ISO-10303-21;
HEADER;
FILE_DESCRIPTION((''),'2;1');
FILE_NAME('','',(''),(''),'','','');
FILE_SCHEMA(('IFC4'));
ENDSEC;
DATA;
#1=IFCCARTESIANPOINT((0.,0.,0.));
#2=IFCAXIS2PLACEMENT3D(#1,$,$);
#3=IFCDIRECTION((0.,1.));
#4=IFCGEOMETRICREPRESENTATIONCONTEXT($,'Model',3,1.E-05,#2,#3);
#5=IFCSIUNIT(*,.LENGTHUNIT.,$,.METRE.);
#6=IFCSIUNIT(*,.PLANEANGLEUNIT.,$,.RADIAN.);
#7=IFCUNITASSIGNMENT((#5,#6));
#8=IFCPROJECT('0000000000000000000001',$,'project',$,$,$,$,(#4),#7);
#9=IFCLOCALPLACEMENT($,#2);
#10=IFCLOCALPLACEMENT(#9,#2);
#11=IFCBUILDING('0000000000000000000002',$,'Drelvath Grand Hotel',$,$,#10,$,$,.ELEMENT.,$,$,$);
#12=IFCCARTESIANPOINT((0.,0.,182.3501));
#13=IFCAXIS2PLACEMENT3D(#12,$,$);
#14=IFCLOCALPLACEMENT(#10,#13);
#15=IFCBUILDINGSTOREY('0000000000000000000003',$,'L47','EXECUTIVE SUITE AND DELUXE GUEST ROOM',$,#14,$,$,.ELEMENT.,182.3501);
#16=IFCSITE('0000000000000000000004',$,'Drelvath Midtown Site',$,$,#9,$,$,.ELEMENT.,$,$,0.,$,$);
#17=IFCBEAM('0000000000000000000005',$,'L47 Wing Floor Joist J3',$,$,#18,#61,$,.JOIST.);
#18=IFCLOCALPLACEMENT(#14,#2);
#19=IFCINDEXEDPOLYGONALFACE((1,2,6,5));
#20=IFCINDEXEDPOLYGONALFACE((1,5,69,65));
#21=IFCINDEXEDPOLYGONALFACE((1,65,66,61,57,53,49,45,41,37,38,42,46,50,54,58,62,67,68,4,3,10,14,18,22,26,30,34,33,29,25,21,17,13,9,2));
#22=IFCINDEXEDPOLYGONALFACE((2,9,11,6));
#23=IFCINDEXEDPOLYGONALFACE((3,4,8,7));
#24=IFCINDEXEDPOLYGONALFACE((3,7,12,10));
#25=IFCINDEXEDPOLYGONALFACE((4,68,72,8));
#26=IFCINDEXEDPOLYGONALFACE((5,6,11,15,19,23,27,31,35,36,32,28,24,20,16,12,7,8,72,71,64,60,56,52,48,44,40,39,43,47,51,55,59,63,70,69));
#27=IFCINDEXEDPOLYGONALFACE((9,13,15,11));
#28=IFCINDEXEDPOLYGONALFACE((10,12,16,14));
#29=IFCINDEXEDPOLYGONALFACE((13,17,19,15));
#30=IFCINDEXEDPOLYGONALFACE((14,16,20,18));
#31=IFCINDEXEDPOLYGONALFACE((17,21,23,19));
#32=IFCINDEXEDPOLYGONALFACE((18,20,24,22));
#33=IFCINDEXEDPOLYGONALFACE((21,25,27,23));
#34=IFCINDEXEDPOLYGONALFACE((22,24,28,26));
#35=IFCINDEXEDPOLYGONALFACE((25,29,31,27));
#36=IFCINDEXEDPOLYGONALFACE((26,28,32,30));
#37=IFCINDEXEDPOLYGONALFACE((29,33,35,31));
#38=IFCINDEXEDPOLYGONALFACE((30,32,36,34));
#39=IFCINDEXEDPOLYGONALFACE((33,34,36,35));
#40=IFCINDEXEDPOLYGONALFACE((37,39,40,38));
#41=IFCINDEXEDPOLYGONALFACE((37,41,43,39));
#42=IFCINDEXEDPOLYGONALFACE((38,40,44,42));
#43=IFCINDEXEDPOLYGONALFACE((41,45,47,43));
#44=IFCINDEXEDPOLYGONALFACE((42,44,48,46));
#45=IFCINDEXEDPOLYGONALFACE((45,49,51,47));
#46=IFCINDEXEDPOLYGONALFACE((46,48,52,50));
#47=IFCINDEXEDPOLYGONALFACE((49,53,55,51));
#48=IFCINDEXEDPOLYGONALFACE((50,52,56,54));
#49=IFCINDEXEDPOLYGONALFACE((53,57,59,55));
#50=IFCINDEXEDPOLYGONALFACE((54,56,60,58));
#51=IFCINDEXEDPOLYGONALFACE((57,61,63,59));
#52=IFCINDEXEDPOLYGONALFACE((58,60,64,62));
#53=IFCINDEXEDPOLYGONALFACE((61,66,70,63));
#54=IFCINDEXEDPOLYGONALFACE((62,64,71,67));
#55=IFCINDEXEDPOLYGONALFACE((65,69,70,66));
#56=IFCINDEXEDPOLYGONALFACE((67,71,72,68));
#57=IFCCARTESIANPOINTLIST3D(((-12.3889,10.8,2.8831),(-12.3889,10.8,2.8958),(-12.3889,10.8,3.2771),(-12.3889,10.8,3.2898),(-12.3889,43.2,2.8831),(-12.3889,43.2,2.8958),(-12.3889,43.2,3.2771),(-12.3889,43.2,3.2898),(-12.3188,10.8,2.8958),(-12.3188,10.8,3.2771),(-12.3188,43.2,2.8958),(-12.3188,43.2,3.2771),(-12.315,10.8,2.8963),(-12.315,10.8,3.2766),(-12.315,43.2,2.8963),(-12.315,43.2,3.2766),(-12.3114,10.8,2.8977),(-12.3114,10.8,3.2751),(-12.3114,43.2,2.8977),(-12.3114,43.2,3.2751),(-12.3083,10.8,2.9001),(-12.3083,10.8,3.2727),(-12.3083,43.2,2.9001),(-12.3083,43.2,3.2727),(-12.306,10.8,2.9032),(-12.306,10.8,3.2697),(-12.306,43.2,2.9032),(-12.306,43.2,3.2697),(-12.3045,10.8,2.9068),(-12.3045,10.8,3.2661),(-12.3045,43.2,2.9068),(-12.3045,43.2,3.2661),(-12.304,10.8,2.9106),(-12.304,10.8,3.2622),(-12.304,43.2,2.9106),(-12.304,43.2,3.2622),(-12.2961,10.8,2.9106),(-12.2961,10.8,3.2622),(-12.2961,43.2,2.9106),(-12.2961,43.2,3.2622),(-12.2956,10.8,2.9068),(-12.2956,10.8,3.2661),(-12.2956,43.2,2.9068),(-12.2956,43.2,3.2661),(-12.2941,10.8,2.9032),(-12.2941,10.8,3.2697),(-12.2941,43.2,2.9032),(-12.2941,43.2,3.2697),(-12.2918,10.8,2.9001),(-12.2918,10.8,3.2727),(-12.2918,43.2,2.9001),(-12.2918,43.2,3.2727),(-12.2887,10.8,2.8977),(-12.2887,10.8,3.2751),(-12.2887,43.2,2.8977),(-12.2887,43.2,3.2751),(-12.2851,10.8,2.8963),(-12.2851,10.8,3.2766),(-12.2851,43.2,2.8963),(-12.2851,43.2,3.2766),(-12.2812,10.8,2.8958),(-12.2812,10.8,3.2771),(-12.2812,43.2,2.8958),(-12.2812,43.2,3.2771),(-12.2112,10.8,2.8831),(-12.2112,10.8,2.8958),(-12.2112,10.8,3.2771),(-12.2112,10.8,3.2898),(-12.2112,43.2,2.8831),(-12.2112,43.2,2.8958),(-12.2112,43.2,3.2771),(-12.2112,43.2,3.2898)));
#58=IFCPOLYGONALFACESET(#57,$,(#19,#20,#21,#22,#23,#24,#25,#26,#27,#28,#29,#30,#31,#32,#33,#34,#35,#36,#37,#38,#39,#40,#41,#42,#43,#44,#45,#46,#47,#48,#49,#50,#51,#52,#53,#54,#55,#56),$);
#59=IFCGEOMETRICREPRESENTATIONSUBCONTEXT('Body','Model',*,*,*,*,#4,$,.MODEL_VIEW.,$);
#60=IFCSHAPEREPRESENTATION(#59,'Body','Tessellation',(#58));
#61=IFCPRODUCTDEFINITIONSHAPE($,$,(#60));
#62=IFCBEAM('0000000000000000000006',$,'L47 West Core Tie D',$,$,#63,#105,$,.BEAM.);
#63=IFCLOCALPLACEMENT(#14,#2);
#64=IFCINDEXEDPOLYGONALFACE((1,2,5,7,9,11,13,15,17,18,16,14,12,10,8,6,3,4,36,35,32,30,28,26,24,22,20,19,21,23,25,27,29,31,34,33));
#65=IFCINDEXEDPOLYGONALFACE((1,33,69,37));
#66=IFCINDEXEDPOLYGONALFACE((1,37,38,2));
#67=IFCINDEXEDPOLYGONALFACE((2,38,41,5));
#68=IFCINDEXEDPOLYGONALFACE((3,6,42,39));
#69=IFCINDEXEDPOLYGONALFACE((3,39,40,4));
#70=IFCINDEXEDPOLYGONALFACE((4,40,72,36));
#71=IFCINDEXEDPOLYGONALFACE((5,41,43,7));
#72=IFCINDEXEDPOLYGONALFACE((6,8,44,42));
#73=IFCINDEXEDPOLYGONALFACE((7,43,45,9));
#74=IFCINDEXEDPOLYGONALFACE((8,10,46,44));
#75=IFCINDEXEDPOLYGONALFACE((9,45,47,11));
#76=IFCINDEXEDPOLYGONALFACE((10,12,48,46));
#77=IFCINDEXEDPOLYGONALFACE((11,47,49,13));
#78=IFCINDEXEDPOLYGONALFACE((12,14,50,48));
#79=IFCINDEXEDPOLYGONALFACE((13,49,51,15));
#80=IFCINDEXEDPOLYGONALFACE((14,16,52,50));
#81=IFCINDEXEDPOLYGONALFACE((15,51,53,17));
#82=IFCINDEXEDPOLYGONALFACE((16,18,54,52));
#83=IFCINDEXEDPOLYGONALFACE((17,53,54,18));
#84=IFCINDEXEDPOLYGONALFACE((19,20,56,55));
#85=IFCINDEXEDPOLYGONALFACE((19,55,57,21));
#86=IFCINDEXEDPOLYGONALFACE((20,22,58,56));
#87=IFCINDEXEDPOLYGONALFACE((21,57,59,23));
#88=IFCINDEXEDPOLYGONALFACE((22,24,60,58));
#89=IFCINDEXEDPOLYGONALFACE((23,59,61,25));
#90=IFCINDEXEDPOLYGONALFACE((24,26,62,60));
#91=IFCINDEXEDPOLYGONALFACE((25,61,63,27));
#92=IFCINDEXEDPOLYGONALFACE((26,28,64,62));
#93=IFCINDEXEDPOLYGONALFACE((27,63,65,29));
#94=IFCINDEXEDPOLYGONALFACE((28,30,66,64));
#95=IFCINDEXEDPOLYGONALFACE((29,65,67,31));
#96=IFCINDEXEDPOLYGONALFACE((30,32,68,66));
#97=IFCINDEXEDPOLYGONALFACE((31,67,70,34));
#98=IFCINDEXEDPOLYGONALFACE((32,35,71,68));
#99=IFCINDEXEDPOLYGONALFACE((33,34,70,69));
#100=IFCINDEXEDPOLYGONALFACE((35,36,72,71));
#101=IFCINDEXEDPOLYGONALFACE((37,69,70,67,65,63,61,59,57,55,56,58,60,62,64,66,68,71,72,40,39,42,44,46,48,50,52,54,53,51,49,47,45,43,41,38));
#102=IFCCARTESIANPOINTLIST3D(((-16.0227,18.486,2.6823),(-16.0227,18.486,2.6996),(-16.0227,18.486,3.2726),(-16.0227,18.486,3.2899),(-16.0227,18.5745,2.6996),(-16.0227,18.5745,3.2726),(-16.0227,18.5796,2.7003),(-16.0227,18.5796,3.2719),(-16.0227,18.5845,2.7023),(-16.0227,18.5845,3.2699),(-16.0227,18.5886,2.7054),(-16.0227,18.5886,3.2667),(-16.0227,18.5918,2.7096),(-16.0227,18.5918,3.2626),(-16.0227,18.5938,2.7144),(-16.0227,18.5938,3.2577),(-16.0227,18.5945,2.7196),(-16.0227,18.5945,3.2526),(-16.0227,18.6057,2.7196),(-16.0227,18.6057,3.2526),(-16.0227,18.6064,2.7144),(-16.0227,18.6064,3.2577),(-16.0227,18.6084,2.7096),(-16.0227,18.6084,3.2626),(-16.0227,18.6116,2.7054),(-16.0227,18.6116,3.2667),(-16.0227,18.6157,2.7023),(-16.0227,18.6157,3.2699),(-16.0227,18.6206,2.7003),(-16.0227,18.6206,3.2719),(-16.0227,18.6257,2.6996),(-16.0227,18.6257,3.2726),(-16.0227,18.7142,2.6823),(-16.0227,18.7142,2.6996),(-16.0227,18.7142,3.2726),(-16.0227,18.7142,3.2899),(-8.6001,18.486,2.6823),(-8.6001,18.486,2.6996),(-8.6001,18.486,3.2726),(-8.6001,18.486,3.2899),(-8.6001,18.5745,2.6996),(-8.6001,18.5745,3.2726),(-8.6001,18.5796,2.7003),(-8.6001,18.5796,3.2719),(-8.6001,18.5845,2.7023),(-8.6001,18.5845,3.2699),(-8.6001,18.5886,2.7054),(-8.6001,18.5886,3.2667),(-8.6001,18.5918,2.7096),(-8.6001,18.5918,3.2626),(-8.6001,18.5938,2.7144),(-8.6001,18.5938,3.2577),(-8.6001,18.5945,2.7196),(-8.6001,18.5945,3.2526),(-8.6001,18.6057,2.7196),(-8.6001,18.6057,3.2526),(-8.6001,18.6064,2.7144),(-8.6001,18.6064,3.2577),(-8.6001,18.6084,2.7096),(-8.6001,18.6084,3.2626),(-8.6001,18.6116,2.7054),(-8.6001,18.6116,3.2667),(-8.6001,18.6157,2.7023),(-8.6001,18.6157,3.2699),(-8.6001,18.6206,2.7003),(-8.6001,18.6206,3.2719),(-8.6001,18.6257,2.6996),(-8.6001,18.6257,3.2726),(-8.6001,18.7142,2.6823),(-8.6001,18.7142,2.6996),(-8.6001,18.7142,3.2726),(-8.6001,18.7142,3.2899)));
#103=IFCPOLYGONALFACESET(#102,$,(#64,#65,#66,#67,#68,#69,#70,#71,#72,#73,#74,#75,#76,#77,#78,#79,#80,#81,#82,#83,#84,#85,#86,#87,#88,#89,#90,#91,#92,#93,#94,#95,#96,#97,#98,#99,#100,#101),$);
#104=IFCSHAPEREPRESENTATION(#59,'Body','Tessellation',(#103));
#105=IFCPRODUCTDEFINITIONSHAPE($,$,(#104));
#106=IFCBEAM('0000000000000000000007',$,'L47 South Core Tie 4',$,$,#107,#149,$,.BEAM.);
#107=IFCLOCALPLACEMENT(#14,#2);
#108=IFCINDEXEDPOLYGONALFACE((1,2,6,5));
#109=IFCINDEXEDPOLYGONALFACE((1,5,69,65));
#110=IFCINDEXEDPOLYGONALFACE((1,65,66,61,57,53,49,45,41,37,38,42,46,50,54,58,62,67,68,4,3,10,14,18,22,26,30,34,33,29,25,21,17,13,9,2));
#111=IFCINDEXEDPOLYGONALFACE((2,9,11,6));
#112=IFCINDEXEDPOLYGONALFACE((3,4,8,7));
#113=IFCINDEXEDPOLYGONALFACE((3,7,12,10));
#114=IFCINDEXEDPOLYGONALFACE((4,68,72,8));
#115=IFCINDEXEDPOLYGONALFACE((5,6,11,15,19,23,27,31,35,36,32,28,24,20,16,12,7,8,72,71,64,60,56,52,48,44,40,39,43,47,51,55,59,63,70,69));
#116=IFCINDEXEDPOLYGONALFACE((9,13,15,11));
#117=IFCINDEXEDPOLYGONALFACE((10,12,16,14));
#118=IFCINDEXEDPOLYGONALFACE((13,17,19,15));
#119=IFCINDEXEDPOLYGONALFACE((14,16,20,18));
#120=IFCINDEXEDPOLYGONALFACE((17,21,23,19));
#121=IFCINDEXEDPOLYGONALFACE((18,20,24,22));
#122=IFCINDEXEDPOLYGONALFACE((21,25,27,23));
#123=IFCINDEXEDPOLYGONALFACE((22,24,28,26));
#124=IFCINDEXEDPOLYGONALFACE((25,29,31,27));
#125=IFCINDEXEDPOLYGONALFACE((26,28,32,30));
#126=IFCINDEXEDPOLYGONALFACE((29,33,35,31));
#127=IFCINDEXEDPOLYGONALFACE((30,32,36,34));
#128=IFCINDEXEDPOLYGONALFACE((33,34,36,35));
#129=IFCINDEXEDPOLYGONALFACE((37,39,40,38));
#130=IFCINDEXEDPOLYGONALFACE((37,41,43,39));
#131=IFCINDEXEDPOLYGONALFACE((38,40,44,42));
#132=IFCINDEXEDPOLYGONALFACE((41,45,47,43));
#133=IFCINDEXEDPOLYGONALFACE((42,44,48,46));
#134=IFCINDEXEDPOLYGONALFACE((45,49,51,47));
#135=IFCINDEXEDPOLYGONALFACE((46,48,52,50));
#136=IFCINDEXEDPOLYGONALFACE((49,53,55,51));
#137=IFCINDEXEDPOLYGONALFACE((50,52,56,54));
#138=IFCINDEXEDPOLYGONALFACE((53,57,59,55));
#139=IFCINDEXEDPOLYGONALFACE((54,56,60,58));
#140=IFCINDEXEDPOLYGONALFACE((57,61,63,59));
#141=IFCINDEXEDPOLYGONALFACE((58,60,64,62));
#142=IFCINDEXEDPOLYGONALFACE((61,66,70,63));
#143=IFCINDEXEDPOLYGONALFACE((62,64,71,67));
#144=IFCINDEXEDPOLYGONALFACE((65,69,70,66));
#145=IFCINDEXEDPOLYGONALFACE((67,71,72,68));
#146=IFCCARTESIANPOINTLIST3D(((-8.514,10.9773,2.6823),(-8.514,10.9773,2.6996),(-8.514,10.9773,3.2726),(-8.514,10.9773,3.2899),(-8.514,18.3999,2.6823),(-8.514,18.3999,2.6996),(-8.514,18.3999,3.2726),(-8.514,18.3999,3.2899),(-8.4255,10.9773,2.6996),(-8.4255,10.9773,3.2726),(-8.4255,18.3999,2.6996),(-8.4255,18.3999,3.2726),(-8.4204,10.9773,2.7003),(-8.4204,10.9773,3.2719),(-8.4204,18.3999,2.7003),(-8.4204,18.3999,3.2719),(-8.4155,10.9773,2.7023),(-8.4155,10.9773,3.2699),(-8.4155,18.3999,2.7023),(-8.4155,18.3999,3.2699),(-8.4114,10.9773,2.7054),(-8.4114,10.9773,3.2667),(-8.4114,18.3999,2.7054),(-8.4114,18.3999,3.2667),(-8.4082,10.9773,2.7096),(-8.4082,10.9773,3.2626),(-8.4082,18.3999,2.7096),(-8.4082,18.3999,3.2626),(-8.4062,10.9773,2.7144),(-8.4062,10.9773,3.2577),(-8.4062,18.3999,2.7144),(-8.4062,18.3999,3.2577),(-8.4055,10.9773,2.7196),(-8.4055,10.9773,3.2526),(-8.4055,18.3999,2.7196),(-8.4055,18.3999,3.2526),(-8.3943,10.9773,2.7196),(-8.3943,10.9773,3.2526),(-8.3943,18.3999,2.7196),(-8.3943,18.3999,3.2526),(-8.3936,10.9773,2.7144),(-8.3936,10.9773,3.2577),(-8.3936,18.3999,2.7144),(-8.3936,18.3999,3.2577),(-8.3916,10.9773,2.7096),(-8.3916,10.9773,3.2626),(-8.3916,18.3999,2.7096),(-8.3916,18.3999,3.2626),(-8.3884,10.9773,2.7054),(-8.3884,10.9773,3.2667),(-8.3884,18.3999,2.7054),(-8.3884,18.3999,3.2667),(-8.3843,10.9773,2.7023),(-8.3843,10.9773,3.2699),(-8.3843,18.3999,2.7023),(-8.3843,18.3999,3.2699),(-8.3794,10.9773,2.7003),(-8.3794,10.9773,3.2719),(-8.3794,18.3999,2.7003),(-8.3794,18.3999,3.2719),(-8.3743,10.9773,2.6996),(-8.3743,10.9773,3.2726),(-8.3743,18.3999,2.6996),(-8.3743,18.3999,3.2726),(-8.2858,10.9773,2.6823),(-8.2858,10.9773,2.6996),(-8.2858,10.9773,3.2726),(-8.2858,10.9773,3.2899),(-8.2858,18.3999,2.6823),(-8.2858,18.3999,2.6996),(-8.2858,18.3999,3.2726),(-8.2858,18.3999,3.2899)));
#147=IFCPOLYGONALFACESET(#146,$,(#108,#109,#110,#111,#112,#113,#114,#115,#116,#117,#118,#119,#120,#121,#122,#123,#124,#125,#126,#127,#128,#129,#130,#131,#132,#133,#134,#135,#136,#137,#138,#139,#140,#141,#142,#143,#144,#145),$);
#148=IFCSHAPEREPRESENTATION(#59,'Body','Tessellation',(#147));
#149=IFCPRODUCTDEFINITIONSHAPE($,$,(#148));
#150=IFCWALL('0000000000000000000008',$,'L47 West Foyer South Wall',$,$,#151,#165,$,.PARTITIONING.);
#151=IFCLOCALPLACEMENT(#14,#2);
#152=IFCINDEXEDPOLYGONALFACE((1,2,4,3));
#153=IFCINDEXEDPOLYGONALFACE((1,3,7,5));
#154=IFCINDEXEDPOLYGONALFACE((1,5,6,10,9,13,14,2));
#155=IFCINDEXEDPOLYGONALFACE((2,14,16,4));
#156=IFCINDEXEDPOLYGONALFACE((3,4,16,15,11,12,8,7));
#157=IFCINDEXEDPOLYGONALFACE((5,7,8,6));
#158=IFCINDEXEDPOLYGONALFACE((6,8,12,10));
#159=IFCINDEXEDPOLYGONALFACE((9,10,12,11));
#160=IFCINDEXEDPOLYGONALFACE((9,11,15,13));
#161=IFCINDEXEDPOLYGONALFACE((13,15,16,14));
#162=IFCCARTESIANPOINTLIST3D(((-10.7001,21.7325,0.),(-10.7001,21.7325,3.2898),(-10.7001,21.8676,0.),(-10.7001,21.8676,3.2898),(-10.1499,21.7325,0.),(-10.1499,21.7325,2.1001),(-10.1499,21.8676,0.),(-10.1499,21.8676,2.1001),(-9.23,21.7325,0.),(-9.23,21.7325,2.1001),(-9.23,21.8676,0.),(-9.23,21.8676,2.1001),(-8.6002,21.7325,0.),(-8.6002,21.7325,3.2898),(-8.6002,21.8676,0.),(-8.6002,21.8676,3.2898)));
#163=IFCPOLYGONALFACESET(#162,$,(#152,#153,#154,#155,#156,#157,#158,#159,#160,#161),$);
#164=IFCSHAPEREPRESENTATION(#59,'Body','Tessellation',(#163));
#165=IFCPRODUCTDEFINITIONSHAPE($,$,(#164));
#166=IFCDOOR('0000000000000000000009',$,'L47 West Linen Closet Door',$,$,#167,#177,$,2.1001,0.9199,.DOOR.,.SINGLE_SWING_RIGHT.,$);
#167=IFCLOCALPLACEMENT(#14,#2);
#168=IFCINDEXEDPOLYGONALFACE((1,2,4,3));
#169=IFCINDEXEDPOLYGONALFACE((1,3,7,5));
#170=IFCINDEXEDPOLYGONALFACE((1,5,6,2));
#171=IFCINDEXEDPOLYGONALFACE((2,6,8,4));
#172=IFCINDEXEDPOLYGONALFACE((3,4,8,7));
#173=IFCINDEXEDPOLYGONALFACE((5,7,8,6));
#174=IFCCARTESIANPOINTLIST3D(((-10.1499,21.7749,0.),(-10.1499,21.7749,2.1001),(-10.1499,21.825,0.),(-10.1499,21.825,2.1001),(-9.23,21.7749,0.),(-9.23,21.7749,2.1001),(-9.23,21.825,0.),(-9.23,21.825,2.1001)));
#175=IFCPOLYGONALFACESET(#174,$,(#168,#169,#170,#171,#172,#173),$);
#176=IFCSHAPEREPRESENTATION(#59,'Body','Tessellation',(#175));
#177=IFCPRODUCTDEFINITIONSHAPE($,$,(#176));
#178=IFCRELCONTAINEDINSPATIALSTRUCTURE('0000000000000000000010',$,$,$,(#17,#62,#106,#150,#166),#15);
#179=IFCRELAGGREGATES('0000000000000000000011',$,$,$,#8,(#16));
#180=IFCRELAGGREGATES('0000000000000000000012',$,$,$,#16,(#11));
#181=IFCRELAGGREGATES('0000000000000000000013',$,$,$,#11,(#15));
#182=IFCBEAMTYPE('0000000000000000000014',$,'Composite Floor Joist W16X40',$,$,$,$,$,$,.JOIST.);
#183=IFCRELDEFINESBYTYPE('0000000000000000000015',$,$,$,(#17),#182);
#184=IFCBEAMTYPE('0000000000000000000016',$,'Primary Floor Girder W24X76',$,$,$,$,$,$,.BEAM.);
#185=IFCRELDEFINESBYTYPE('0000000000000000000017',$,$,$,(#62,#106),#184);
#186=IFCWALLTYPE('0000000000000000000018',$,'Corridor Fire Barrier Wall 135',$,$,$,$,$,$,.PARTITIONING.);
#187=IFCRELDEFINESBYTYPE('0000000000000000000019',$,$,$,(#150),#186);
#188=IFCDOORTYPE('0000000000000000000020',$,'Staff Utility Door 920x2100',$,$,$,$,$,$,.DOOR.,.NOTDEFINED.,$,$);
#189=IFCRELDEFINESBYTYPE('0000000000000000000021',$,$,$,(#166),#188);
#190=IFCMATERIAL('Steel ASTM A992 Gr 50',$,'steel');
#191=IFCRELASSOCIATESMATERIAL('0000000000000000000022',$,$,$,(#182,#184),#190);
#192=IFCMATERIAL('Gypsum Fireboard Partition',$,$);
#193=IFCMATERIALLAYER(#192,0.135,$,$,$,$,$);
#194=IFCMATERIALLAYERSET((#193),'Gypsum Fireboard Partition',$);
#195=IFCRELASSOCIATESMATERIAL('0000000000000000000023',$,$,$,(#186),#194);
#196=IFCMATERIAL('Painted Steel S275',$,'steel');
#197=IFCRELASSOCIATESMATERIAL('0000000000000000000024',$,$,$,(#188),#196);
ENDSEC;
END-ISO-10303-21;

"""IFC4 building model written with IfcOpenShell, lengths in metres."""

from ifc_helpers import new_model, si_unit, direction, frame, frame_2d, origin, origin_2d, place, context, subcontext, project, spatial, rectangle, i_section, extrude, material, layer, layer_set, material_profile, profile_set, type_object, element, fill, save


model = new_model("IFC4")

# Units and contexts
model_context = context("Model", 3, precision=1e-05, world=origin(), true_north=direction((0.0, 1.0)))
body_context = subcontext(model_context, "Body", "Model", "MODEL_VIEW")
ifc_project = project(units=[si_unit("LENGTHUNIT", "METRE"), si_unit("PLANEANGLEUNIT", "RADIAN")], contexts=[model_context])

# Site, building, storey
site_placement = place(None, origin())
site = spatial("IfcSite", under=ifc_project, at=site_placement, Name="Drelvath Midtown Site", CompositionType="ELEMENT", RefElevation=0.0)
building_placement = place(site_placement, origin())
building = spatial("IfcBuilding", under=site, at=building_placement, Name="Drelvath Grand Hotel", CompositionType="ELEMENT")
storey_placement = place(building_placement, frame((0.0, 0.0, 182.3501)))
storey = spatial("IfcBuildingStorey", under=building, at=storey_placement, Name="L47", Description="EXECUTIVE SUITE AND DELUXE GUEST ROOM", CompositionType="ELEMENT", Elevation=182.3501)

# Beams
ifc_material_1 = material(Name="Steel ASTM A992 Gr 50", Category="steel")
ifc_material_profile_1 = material_profile(ifc_material_1, i_section(OverallWidth=0.1777, OverallDepth=0.4067, WebThickness=0.0078, FlangeThickness=0.0127, FilletRadius=0.0149, at=origin_2d()), Name="W16X40")
ifc_profile_set_1 = profile_set([ifc_material_profile_1], Name="Steel ASTM A992 Gr 50")
beam_type_1 = type_object("IfcBeamType", Name="Composite Floor Joist W16X40", PredefinedType="JOIST", material=ifc_profile_set_1)
beam_placement = place(storey_placement, frame((-12.3, 10.8, 3.0864), z_axis=(0.0, 1.0, 0.0), x_axis=(-1.0, 0.0, 0.0)))
element("IfcBeam", 1, at=beam_placement, inside=storey, type_object=beam_type_1, Name="L47 Wing Floor Joist J3", PredefinedType="JOIST", context=body_context, shape_type="SweptSolid", body=[
    extrude(i_section(OverallWidth=0.1777, OverallDepth=0.4067, WebThickness=0.0078, FlangeThickness=0.0127, FilletRadius=0.0149, at=origin_2d()), origin(), (0.0, 0.0, 1.0), 32.3999),
])
ifc_material_profile_2 = material_profile(ifc_material_1, i_section(OverallWidth=0.2283, OverallDepth=0.6077, WebThickness=0.0112, FlangeThickness=0.0173, FilletRadius=0.02, at=origin_2d()), Name="W24X76")
ifc_profile_set_2 = profile_set([ifc_material_profile_2], Name="Steel ASTM A992 Gr 50")
beam_type_2 = type_object("IfcBeamType", Name="Primary Floor Girder W24X76", PredefinedType="BEAM", material=ifc_profile_set_2)
for number, where, z_axis, x_axis, name in (
    (2, (-16.0227, 18.6001, 2.9861), (1.0, 0.0, 0.0), (0.0, 1.0, 0.0), "L47 West Core Tie D"),
    (3, (-8.3999, 10.9773, 2.9861), (0.0, 1.0, 0.0), (-1.0, 0.0, 0.0), "L47 South Core Tie 4"),
):
    element("IfcBeam", number, at=place(storey_placement, frame(where, z_axis=z_axis, x_axis=x_axis)), inside=storey, type_object=beam_type_2, Name=name, PredefinedType="BEAM", context=body_context, shape_type="SweptSolid", body=[
        extrude(i_section(OverallWidth=0.2283, OverallDepth=0.6077, WebThickness=0.0112, FlangeThickness=0.0173, FilletRadius=0.02, at=origin_2d()), origin(), (0.0, 0.0, 1.0), 7.4226),
    ])

# Wall, opening, door
ifc_material_2 = material(Name="Gypsum Fireboard Partition")
ifc_layer_1 = layer(ifc_material_2, 0.135)
ifc_layer_set_1 = layer_set([ifc_layer_1], Name="Gypsum Fireboard Partition")
wall_type_1 = type_object("IfcWallType", Name="Corridor Fire Barrier Wall 135", PredefinedType="PARTITIONING", material=ifc_layer_set_1)
wall_1_placement = place(storey_placement, frame((-10.7, 21.8, 0.0), z_axis=(0.0, 0.0, 1.0), x_axis=(1.0, 0.0, 0.0)))
wall_1 = element("IfcWall", 4, at=wall_1_placement, inside=storey, type_object=wall_type_1, Name="L47 West Foyer South Wall", PredefinedType="PARTITIONING", context=body_context, shape_type="SweptSolid", body=[
    extrude(rectangle(XDim=2.0999, YDim=0.135, at=frame_2d((1.0498, 0.0))), origin(), (0.0, 0.0, 1.0), 3.2898),
])
opening_1_placement = place(wall_1_placement, frame((0.55, 0.0, 0.0)))
opening_1 = element("IfcOpeningElement", 5, at=opening_1_placement, cuts=wall_1, PredefinedType="OPENING", context=body_context, shape_type="SweptSolid", body=[
    extrude(rectangle(XDim=0.9199, YDim=2.1001, at=frame_2d((0.46, 1.05))), frame((0.0, 0.0774, 0.0), z_axis=(0.0, -1.0, 0.0), x_axis=(1.0, 0.0, 0.0)), (0.0, 0.0, 1.0), 0.155),
])
ifc_material_3 = material(Name="Painted Steel S275", Category="steel")
door_type_1 = type_object("IfcDoorType", Name="Staff Utility Door 920x2100", OperationType="NOTDEFINED", PredefinedType="DOOR", material=ifc_material_3)
door_1_placement = place(opening_1_placement, origin())
door_1 = element("IfcDoor", 6, at=door_1_placement, inside=storey, type_object=door_type_1, Name="L47 West Linen Closet Door", OperationType="SINGLE_SWING_RIGHT", OverallHeight=2.1001, OverallWidth=0.9199, PredefinedType="DOOR", context=body_context, shape_type="SweptSolid", body=[
    extrude(rectangle(XDim=0.9199, YDim=2.1001, at=frame_2d((0.46, 1.05))), frame((0.0, 0.0249, 0.0), z_axis=(0.0, -1.0, 0.0), x_axis=(1.0, 0.0, 0.0)), (0.0, 0.0, 1.0), 0.05),
])
fill(opening_1, door_1)

save(model, "model.ifc")
